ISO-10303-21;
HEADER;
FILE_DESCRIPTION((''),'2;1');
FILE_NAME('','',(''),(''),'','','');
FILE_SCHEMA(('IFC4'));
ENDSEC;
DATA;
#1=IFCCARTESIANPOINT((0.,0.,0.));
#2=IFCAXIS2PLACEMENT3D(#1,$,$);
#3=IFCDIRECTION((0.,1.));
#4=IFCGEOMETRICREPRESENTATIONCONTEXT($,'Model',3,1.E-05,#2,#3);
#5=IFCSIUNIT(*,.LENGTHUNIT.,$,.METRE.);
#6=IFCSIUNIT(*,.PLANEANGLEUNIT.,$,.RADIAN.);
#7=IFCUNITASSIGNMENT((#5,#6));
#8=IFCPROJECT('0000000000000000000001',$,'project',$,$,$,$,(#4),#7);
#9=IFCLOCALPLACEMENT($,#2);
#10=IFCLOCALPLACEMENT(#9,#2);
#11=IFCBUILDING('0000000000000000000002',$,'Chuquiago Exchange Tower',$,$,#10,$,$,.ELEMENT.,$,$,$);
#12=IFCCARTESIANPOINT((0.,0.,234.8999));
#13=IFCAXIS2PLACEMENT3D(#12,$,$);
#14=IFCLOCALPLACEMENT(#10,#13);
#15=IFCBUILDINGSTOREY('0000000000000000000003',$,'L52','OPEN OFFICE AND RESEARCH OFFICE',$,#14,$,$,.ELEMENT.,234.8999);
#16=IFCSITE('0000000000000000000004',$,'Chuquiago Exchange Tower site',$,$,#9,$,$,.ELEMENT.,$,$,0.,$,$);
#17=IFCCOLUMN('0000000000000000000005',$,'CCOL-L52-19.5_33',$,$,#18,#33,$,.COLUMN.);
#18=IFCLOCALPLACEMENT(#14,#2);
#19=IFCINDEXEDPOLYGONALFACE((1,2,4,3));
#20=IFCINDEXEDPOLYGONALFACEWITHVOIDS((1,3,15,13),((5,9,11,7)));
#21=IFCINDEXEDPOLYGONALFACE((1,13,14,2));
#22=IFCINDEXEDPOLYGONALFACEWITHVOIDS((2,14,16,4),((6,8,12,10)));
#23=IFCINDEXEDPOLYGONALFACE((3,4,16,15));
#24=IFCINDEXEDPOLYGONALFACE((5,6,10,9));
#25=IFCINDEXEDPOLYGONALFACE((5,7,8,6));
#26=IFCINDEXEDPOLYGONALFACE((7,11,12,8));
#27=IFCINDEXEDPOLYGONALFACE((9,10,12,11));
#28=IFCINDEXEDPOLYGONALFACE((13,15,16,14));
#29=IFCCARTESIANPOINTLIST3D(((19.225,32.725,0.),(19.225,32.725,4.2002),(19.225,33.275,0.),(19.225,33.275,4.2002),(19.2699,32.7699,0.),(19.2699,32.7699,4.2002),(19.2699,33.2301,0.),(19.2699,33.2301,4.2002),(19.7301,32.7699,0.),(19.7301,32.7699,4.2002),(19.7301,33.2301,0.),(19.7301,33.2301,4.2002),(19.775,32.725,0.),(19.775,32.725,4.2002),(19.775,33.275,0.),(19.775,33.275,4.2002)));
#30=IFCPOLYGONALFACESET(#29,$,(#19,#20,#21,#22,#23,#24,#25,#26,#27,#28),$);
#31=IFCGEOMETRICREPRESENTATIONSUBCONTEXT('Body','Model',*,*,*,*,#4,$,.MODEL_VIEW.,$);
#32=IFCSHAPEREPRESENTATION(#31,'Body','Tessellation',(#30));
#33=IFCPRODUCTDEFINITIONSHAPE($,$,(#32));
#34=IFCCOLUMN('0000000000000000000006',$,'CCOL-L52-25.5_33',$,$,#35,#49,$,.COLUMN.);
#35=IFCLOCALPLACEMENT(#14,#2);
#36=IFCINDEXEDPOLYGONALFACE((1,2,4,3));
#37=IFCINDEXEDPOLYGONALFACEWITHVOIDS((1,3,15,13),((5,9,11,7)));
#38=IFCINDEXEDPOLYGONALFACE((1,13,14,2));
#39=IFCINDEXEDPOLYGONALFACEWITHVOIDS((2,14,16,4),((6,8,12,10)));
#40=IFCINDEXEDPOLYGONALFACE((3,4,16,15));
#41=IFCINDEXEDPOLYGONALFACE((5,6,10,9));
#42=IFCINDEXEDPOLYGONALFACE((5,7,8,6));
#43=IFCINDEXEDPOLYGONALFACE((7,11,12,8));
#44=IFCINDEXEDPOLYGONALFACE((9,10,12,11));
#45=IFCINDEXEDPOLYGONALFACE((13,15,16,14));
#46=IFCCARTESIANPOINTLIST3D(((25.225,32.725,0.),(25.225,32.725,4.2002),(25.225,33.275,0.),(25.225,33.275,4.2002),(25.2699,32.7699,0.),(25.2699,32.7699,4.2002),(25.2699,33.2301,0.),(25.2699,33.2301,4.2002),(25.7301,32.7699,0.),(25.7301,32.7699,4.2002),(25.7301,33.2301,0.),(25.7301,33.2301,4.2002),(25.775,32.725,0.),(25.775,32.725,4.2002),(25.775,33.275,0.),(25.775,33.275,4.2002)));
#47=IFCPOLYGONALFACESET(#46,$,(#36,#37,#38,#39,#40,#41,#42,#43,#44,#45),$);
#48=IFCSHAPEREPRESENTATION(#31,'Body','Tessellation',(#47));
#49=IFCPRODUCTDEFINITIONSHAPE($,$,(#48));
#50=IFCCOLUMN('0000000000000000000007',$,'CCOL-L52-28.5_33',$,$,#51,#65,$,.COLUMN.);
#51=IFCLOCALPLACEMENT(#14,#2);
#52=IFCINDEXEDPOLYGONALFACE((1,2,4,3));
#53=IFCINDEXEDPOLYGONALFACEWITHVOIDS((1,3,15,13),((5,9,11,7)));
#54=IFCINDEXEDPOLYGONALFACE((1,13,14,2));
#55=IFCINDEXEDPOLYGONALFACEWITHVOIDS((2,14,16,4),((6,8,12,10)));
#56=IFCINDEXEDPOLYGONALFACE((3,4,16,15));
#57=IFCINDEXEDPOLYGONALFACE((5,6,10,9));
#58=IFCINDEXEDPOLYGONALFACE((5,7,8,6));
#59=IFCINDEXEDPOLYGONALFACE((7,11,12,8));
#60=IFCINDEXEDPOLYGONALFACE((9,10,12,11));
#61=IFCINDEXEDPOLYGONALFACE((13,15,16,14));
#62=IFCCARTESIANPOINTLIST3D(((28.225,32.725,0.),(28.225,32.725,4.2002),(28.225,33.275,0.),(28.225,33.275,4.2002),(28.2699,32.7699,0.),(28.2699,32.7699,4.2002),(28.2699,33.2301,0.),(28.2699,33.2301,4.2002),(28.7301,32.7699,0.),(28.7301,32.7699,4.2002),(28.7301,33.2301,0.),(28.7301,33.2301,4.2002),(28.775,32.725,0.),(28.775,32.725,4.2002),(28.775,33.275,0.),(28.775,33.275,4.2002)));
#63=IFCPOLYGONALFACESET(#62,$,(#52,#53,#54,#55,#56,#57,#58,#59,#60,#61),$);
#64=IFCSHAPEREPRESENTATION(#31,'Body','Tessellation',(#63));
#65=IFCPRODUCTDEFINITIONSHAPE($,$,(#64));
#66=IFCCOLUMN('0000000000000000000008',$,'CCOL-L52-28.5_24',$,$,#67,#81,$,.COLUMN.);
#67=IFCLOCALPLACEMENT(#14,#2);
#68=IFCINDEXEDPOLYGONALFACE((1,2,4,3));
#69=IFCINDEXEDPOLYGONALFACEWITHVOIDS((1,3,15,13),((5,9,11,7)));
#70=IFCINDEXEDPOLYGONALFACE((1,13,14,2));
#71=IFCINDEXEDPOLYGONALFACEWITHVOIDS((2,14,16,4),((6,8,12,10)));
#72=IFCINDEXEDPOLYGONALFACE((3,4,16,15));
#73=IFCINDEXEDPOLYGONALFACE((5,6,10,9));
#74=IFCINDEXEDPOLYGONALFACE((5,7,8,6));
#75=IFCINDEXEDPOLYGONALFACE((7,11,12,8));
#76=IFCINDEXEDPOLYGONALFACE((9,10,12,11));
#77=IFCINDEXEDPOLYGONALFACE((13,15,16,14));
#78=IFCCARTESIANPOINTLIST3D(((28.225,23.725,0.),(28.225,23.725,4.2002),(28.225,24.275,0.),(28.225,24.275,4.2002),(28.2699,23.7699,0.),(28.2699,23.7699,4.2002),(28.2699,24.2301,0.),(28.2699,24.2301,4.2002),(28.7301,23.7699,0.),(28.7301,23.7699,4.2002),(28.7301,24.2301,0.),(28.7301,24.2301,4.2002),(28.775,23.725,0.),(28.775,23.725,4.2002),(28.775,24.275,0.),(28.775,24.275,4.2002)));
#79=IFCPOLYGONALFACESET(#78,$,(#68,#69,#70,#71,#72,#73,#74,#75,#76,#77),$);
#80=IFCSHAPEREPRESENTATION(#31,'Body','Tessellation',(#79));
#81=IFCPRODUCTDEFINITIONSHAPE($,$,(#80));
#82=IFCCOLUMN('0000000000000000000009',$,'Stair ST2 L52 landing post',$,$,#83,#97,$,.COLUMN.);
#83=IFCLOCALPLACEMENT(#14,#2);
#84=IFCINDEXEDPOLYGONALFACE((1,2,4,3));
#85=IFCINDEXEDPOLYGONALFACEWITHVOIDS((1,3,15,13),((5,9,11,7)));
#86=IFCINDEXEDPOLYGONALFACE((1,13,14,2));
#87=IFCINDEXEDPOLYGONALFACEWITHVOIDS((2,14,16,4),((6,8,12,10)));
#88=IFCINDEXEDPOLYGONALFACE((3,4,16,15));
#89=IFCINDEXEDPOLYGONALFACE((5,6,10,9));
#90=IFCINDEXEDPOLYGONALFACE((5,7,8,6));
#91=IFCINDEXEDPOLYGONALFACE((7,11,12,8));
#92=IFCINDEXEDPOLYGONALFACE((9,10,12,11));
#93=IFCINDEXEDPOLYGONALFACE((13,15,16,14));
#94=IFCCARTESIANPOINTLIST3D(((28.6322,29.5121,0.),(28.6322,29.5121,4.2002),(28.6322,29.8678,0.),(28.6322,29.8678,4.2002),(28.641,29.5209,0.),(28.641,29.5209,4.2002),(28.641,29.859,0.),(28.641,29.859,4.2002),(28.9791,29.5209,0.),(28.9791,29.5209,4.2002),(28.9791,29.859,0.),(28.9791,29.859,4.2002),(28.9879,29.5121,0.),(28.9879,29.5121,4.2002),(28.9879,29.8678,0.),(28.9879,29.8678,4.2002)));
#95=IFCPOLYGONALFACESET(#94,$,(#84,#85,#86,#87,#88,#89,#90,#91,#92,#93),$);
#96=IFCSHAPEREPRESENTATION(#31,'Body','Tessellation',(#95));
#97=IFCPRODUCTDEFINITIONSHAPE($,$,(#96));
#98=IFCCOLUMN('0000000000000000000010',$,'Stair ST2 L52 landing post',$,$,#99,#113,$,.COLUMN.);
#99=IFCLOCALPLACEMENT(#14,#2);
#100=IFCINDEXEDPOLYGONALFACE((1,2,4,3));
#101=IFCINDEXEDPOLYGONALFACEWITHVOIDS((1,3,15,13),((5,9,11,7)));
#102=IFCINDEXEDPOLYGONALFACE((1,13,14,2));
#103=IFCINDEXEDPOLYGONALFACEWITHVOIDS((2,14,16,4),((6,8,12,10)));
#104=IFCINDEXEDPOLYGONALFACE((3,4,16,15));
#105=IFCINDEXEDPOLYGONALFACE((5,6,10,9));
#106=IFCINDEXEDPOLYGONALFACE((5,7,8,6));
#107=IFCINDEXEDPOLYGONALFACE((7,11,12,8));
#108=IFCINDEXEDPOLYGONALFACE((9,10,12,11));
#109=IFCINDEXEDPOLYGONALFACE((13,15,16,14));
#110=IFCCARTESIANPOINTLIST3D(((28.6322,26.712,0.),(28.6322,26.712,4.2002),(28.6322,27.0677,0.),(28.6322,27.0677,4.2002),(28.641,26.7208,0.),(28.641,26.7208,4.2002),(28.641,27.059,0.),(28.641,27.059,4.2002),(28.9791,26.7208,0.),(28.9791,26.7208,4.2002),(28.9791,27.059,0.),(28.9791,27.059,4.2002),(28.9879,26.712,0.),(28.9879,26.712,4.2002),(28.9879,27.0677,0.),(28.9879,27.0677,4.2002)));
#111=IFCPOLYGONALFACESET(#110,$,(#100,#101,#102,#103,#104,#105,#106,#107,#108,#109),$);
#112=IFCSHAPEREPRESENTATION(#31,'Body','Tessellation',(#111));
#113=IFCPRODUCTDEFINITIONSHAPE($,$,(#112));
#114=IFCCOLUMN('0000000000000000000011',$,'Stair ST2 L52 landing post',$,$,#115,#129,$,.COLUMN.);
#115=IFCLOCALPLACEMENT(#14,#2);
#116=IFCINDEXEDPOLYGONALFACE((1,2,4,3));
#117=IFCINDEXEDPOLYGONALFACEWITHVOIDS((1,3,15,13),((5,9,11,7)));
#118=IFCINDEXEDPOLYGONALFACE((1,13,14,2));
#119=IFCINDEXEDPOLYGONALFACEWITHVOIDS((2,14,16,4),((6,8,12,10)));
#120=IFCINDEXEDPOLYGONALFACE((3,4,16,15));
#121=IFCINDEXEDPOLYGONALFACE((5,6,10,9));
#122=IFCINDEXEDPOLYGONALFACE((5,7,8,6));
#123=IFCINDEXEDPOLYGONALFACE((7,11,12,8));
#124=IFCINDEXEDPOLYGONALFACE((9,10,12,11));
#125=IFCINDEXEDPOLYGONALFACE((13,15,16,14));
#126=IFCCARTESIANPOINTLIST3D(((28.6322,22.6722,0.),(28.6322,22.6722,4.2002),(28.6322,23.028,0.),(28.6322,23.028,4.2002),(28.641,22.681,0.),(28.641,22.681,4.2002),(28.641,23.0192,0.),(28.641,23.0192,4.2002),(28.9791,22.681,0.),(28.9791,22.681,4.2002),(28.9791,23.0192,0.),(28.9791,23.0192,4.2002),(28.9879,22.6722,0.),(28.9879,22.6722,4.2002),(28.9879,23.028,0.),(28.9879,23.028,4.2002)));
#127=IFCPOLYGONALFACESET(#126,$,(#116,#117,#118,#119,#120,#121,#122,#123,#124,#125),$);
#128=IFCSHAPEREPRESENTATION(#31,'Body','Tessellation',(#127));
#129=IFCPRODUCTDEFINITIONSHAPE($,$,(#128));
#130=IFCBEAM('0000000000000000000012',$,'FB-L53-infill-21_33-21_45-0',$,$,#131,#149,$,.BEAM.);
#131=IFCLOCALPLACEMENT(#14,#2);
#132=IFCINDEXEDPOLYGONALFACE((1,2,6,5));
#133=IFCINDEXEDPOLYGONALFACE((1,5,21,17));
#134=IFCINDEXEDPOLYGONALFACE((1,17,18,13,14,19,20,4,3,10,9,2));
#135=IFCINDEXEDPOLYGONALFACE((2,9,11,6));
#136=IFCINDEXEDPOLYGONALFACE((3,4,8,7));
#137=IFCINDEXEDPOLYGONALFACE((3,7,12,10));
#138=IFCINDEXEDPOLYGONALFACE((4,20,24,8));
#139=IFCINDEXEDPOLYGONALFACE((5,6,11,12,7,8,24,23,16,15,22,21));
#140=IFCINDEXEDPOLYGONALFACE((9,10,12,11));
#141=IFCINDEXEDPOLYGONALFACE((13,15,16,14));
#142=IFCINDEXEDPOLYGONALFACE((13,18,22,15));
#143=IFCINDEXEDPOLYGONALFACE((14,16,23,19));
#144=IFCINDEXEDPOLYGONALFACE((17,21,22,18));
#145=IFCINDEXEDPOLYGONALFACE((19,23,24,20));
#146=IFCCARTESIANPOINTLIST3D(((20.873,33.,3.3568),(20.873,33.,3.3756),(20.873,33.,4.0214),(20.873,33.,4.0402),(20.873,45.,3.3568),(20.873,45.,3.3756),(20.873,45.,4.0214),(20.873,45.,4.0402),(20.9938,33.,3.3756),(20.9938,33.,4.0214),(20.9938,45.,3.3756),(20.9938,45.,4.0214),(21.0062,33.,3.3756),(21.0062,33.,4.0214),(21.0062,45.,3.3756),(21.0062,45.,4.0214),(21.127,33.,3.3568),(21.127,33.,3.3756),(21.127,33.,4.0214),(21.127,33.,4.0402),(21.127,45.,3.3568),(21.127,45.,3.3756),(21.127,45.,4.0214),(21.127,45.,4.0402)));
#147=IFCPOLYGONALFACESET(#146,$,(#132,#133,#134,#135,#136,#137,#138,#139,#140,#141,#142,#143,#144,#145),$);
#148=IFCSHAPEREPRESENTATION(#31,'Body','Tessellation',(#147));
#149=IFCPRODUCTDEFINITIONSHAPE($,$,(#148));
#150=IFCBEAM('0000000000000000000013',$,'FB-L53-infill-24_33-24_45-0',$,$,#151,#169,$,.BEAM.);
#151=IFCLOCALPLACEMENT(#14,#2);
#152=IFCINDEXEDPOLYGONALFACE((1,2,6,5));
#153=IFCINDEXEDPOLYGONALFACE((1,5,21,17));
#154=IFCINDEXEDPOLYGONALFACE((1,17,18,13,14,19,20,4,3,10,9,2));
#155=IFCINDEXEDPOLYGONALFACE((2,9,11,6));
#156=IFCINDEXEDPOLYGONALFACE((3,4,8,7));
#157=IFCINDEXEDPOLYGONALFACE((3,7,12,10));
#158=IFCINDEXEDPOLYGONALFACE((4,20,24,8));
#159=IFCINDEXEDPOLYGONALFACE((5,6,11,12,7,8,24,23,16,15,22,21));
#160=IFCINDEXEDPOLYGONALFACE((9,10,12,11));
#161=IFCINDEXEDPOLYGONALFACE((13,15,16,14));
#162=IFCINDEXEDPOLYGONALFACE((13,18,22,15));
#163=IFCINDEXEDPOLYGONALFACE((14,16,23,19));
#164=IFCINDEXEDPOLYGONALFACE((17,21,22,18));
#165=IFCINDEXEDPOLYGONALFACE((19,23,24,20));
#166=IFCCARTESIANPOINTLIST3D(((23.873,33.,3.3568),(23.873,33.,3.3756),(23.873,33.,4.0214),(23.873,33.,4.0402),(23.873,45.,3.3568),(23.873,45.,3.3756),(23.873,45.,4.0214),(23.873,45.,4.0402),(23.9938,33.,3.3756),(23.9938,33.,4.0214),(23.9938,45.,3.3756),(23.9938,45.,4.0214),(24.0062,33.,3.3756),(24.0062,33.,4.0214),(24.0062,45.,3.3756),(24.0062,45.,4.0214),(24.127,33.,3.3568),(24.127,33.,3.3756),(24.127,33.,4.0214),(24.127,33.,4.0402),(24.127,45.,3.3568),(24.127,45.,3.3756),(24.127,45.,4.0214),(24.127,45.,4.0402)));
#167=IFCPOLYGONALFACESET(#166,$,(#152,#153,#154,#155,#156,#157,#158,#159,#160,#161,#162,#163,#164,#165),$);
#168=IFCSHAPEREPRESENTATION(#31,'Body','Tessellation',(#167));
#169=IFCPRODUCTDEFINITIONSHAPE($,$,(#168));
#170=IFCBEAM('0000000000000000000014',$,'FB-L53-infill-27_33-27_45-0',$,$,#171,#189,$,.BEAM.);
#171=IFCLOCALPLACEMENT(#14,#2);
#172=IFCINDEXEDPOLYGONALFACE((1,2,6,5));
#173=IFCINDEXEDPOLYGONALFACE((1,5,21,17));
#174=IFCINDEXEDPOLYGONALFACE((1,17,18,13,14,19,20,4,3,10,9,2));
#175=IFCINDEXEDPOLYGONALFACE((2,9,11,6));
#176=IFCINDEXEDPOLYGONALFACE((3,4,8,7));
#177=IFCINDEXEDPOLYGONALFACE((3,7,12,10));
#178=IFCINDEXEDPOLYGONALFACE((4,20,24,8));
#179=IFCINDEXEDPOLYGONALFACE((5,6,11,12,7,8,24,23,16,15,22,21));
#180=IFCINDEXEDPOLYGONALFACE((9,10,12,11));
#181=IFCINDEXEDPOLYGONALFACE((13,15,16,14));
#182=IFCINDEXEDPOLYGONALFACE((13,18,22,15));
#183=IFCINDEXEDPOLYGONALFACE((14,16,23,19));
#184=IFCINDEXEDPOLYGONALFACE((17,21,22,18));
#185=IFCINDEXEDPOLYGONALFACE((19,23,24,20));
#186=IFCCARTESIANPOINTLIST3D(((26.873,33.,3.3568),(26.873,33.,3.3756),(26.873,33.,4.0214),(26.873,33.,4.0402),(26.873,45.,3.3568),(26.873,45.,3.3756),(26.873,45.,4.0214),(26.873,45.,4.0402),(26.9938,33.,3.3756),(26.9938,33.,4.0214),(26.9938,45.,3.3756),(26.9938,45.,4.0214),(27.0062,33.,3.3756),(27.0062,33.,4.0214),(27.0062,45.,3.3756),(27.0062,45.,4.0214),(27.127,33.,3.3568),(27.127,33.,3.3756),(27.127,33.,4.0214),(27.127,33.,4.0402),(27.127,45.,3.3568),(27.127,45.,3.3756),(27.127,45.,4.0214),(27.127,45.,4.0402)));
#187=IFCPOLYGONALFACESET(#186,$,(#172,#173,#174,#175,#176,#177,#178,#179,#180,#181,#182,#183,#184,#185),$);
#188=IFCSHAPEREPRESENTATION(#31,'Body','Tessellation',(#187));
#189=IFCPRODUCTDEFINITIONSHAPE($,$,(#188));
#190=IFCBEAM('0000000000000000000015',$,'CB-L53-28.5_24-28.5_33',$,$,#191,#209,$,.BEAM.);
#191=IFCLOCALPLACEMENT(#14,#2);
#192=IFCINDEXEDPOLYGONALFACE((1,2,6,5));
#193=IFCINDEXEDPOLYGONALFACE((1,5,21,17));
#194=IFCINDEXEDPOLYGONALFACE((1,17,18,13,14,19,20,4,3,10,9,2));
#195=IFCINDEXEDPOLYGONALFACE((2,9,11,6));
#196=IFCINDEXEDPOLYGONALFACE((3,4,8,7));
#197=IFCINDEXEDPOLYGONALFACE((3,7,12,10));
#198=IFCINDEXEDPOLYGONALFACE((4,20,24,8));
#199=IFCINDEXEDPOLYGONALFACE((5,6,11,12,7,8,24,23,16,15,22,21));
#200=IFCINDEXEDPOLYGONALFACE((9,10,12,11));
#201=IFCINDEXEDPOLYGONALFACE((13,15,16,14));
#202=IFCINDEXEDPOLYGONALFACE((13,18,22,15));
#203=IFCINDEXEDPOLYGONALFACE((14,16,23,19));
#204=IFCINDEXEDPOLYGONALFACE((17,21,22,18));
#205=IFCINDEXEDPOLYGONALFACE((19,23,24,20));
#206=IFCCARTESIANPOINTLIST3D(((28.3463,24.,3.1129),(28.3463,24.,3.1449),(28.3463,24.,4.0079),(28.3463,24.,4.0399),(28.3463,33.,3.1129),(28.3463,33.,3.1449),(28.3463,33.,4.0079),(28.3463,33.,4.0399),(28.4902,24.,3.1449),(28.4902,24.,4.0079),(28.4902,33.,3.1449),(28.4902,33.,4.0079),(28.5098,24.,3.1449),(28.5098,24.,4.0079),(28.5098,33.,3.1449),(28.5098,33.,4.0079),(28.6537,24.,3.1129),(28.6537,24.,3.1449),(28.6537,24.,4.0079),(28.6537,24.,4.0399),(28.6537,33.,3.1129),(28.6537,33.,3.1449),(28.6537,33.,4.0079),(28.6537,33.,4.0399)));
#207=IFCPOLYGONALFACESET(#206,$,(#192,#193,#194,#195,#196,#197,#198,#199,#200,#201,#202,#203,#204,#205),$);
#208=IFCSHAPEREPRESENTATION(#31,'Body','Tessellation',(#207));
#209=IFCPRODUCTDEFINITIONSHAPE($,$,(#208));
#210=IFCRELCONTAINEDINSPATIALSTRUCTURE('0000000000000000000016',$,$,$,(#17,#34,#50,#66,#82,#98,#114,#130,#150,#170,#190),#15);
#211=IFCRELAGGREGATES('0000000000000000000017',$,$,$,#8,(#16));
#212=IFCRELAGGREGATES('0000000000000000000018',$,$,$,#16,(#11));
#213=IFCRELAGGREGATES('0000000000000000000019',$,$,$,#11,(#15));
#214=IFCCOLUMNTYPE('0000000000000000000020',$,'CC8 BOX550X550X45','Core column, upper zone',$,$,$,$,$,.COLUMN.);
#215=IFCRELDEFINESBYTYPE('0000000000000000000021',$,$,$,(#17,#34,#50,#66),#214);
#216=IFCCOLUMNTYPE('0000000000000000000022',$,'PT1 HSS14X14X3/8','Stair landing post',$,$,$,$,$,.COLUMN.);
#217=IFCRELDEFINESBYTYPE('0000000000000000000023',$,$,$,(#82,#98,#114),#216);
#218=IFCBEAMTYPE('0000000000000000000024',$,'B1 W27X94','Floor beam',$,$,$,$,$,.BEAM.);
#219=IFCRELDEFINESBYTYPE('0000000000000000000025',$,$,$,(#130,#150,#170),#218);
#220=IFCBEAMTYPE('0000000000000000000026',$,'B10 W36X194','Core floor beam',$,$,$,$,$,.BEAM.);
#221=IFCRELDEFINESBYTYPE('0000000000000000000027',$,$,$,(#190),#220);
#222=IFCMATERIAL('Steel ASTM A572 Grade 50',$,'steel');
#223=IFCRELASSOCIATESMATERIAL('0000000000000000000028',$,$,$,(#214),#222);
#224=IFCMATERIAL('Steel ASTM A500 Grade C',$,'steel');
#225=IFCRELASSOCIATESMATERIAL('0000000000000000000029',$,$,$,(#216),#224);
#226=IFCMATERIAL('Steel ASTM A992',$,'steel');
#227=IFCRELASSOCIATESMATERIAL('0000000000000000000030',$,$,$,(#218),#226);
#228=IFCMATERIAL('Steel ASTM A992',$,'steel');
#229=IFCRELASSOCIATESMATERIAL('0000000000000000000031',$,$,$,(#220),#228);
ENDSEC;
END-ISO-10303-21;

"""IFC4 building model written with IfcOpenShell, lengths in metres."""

from ifc_helpers import new_model, si_unit, direction, frame, origin, origin_2d, place, context, subcontext, project, spatial, hollow_rectangle, i_section, extrude, material, material_profile, profile_set, type_object, element, save


model = new_model("IFC4")

# Units and contexts
model_context = context("Model", 3, precision=1e-05, world=origin(), true_north=direction((0.0, 1.0)))
body_context = subcontext(model_context, "Body", "Model", "MODEL_VIEW")
ifc_project = project(units=[si_unit("LENGTHUNIT", "METRE"), si_unit("PLANEANGLEUNIT", "RADIAN")], contexts=[model_context])

# Site, building, storey
site_placement = place(None, origin())
site = spatial("IfcSite", under=ifc_project, at=site_placement, Name="Chuquiago Exchange Tower site", CompositionType="ELEMENT", RefElevation=0.0)
building_placement = place(site_placement, origin())
building = spatial("IfcBuilding", under=site, at=building_placement, Name="Chuquiago Exchange Tower", CompositionType="ELEMENT")
storey_placement = place(building_placement, frame((0.0, 0.0, 234.8999)))
storey = spatial("IfcBuildingStorey", under=building, at=storey_placement, Name="L52", Description="OPEN OFFICE AND RESEARCH OFFICE", CompositionType="ELEMENT", Elevation=234.8999)

# Columns
ifc_material_1 = material(Name="Steel ASTM A572 Grade 50", Category="steel")
ifc_material_profile_1 = material_profile(ifc_material_1, hollow_rectangle(XDim=0.55, YDim=0.55, WallThickness=0.0449, at=origin_2d()), Name="BOX550X550X45")
ifc_profile_set_1 = profile_set([ifc_material_profile_1], Name="Steel ASTM A572 Grade 50")
column_type_1 = type_object("IfcColumnType", Name="CC8 BOX550X550X45", Description="Core column, upper zone", PredefinedType="COLUMN", material=ifc_profile_set_1)
for number, where, z_axis, x_axis, name in (
    (1, (19.5, 33.0, 0.0), (0.0, 0.0, 1.0), (1.0, 0.0, 0.0), "CCOL-L52-19.5_33"),
    (2, (25.5, 33.0, 0.0), (0.0, 0.0, 1.0), (1.0, 0.0, 0.0), "CCOL-L52-25.5_33"),
    (3, (28.5, 33.0, 0.0), (0.0, 0.0, 1.0), (1.0, 0.0, 0.0), "CCOL-L52-28.5_33"),
    (4, (28.5, 24.0, 0.0), (0.0, 0.0, 1.0), (1.0, 0.0, 0.0), "CCOL-L52-28.5_24"),
):
    element("IfcColumn", number, at=place(storey_placement, frame(where, z_axis=z_axis, x_axis=x_axis)), inside=storey, type_object=column_type_1, Name=name, PredefinedType="COLUMN", context=body_context, shape_type="SweptSolid", body=[
        extrude(hollow_rectangle(XDim=0.55, YDim=0.55, WallThickness=0.0449, at=origin_2d()), origin(), (0.0, 0.0, 1.0), 4.2002),
    ])
ifc_material_2 = material(Name="Steel ASTM A500 Grade C", Category="steel")
ifc_material_profile_2 = material_profile(ifc_material_2, hollow_rectangle(XDim=0.3557, YDim=0.3557, WallThickness=0.0088, at=origin_2d()), Name="HSS14X14X3/8")
ifc_profile_set_2 = profile_set([ifc_material_profile_2], Name="Steel ASTM A500 Grade C")
column_type_2 = type_object("IfcColumnType", Name="PT1 HSS14X14X3/8", Description="Stair landing post", PredefinedType="COLUMN", material=ifc_profile_set_2)
for number, where, z_axis, x_axis, name in (
    (5, (28.8101, 29.6899, 0.0), (0.0, 0.0, 1.0), (1.0, 0.0, 0.0), "Stair ST2 L52 landing post"),
    (6, (28.8101, 26.8899, 0.0), (0.0, 0.0, 1.0), (1.0, 0.0, 0.0), "Stair ST2 L52 landing post"),
    (7, (28.8101, 22.8501, 0.0), (0.0, 0.0, 1.0), (1.0, 0.0, 0.0), "Stair ST2 L52 landing post"),
):
    element("IfcColumn", number, at=place(storey_placement, frame(where, z_axis=z_axis, x_axis=x_axis)), inside=storey, type_object=column_type_2, Name=name, PredefinedType="COLUMN", context=body_context, shape_type="SweptSolid", body=[
        extrude(hollow_rectangle(XDim=0.3557, YDim=0.3557, WallThickness=0.0088, at=origin_2d()), origin(), (0.0, 0.0, 1.0), 4.2002),
    ])

# Beams
ifc_material_3 = material(Name="Steel ASTM A992", Category="steel")
ifc_material_profile_3 = material_profile(ifc_material_3, i_section(OverallWidth=0.2539, OverallDepth=0.6833, WebThickness=0.0125, FlangeThickness=0.0188, at=origin_2d()), Name="W27X94")
ifc_profile_set_3 = profile_set([ifc_material_profile_3], Name="Steel ASTM A992")
beam_type_1 = type_object("IfcBeamType", Name="B1 W27X94", Description="Floor beam", PredefinedType="BEAM", material=ifc_profile_set_3)
for number, where, z_axis, x_axis, name in (
    (8, (21.0, 33.0, 3.6985), (0.0, 1.0, 0.0), (-1.0, 0.0, 0.0), "FB-L53-infill-21_33-21_45-0"),
    (9, (24.0, 33.0, 3.6985), (0.0, 1.0, 0.0), (-1.0, 0.0, 0.0), "FB-L53-infill-24_33-24_45-0"),
    (10, (27.0, 33.0, 3.6985), (0.0, 1.0, 0.0), (-1.0, 0.0, 0.0), "FB-L53-infill-27_33-27_45-0"),
):
    element("IfcBeam", number, at=place(storey_placement, frame(where, z_axis=z_axis, x_axis=x_axis)), inside=storey, type_object=beam_type_1, Name=name, PredefinedType="BEAM", context=body_context, shape_type="SweptSolid", body=[
        extrude(i_section(OverallWidth=0.2539, OverallDepth=0.6833, WebThickness=0.0125, FlangeThickness=0.0188, at=origin_2d()), origin(), (0.0, 0.0, 1.0), 12.0),
    ])
ifc_material_4 = material(Name="Steel ASTM A992", Category="steel")
ifc_material_profile_4 = material_profile(ifc_material_4, i_section(OverallWidth=0.3074, OverallDepth=0.927, WebThickness=0.0195, FlangeThickness=0.032, at=origin_2d()), Name="W36X194")
ifc_profile_set_4 = profile_set([ifc_material_profile_4], Name="Steel ASTM A992")
beam_type_2 = type_object("IfcBeamType", Name="B10 W36X194", Description="Core floor beam", PredefinedType="BEAM", material=ifc_profile_set_4)
beam_1_placement = place(storey_placement, frame((28.5, 24.0, 3.5764), z_axis=(0.0, 1.0, 0.0), x_axis=(-1.0, 0.0, 0.0)))
element("IfcBeam", 11, at=beam_1_placement, inside=storey, type_object=beam_type_2, Name="CB-L53-28.5_24-28.5_33", PredefinedType="BEAM", context=body_context, shape_type="SweptSolid", body=[
    extrude(i_section(OverallWidth=0.3074, OverallDepth=0.927, WebThickness=0.0195, FlangeThickness=0.032, at=origin_2d()), origin(), (0.0, 0.0, 1.0), 9.0),
])

save(model, "model.ifc")
